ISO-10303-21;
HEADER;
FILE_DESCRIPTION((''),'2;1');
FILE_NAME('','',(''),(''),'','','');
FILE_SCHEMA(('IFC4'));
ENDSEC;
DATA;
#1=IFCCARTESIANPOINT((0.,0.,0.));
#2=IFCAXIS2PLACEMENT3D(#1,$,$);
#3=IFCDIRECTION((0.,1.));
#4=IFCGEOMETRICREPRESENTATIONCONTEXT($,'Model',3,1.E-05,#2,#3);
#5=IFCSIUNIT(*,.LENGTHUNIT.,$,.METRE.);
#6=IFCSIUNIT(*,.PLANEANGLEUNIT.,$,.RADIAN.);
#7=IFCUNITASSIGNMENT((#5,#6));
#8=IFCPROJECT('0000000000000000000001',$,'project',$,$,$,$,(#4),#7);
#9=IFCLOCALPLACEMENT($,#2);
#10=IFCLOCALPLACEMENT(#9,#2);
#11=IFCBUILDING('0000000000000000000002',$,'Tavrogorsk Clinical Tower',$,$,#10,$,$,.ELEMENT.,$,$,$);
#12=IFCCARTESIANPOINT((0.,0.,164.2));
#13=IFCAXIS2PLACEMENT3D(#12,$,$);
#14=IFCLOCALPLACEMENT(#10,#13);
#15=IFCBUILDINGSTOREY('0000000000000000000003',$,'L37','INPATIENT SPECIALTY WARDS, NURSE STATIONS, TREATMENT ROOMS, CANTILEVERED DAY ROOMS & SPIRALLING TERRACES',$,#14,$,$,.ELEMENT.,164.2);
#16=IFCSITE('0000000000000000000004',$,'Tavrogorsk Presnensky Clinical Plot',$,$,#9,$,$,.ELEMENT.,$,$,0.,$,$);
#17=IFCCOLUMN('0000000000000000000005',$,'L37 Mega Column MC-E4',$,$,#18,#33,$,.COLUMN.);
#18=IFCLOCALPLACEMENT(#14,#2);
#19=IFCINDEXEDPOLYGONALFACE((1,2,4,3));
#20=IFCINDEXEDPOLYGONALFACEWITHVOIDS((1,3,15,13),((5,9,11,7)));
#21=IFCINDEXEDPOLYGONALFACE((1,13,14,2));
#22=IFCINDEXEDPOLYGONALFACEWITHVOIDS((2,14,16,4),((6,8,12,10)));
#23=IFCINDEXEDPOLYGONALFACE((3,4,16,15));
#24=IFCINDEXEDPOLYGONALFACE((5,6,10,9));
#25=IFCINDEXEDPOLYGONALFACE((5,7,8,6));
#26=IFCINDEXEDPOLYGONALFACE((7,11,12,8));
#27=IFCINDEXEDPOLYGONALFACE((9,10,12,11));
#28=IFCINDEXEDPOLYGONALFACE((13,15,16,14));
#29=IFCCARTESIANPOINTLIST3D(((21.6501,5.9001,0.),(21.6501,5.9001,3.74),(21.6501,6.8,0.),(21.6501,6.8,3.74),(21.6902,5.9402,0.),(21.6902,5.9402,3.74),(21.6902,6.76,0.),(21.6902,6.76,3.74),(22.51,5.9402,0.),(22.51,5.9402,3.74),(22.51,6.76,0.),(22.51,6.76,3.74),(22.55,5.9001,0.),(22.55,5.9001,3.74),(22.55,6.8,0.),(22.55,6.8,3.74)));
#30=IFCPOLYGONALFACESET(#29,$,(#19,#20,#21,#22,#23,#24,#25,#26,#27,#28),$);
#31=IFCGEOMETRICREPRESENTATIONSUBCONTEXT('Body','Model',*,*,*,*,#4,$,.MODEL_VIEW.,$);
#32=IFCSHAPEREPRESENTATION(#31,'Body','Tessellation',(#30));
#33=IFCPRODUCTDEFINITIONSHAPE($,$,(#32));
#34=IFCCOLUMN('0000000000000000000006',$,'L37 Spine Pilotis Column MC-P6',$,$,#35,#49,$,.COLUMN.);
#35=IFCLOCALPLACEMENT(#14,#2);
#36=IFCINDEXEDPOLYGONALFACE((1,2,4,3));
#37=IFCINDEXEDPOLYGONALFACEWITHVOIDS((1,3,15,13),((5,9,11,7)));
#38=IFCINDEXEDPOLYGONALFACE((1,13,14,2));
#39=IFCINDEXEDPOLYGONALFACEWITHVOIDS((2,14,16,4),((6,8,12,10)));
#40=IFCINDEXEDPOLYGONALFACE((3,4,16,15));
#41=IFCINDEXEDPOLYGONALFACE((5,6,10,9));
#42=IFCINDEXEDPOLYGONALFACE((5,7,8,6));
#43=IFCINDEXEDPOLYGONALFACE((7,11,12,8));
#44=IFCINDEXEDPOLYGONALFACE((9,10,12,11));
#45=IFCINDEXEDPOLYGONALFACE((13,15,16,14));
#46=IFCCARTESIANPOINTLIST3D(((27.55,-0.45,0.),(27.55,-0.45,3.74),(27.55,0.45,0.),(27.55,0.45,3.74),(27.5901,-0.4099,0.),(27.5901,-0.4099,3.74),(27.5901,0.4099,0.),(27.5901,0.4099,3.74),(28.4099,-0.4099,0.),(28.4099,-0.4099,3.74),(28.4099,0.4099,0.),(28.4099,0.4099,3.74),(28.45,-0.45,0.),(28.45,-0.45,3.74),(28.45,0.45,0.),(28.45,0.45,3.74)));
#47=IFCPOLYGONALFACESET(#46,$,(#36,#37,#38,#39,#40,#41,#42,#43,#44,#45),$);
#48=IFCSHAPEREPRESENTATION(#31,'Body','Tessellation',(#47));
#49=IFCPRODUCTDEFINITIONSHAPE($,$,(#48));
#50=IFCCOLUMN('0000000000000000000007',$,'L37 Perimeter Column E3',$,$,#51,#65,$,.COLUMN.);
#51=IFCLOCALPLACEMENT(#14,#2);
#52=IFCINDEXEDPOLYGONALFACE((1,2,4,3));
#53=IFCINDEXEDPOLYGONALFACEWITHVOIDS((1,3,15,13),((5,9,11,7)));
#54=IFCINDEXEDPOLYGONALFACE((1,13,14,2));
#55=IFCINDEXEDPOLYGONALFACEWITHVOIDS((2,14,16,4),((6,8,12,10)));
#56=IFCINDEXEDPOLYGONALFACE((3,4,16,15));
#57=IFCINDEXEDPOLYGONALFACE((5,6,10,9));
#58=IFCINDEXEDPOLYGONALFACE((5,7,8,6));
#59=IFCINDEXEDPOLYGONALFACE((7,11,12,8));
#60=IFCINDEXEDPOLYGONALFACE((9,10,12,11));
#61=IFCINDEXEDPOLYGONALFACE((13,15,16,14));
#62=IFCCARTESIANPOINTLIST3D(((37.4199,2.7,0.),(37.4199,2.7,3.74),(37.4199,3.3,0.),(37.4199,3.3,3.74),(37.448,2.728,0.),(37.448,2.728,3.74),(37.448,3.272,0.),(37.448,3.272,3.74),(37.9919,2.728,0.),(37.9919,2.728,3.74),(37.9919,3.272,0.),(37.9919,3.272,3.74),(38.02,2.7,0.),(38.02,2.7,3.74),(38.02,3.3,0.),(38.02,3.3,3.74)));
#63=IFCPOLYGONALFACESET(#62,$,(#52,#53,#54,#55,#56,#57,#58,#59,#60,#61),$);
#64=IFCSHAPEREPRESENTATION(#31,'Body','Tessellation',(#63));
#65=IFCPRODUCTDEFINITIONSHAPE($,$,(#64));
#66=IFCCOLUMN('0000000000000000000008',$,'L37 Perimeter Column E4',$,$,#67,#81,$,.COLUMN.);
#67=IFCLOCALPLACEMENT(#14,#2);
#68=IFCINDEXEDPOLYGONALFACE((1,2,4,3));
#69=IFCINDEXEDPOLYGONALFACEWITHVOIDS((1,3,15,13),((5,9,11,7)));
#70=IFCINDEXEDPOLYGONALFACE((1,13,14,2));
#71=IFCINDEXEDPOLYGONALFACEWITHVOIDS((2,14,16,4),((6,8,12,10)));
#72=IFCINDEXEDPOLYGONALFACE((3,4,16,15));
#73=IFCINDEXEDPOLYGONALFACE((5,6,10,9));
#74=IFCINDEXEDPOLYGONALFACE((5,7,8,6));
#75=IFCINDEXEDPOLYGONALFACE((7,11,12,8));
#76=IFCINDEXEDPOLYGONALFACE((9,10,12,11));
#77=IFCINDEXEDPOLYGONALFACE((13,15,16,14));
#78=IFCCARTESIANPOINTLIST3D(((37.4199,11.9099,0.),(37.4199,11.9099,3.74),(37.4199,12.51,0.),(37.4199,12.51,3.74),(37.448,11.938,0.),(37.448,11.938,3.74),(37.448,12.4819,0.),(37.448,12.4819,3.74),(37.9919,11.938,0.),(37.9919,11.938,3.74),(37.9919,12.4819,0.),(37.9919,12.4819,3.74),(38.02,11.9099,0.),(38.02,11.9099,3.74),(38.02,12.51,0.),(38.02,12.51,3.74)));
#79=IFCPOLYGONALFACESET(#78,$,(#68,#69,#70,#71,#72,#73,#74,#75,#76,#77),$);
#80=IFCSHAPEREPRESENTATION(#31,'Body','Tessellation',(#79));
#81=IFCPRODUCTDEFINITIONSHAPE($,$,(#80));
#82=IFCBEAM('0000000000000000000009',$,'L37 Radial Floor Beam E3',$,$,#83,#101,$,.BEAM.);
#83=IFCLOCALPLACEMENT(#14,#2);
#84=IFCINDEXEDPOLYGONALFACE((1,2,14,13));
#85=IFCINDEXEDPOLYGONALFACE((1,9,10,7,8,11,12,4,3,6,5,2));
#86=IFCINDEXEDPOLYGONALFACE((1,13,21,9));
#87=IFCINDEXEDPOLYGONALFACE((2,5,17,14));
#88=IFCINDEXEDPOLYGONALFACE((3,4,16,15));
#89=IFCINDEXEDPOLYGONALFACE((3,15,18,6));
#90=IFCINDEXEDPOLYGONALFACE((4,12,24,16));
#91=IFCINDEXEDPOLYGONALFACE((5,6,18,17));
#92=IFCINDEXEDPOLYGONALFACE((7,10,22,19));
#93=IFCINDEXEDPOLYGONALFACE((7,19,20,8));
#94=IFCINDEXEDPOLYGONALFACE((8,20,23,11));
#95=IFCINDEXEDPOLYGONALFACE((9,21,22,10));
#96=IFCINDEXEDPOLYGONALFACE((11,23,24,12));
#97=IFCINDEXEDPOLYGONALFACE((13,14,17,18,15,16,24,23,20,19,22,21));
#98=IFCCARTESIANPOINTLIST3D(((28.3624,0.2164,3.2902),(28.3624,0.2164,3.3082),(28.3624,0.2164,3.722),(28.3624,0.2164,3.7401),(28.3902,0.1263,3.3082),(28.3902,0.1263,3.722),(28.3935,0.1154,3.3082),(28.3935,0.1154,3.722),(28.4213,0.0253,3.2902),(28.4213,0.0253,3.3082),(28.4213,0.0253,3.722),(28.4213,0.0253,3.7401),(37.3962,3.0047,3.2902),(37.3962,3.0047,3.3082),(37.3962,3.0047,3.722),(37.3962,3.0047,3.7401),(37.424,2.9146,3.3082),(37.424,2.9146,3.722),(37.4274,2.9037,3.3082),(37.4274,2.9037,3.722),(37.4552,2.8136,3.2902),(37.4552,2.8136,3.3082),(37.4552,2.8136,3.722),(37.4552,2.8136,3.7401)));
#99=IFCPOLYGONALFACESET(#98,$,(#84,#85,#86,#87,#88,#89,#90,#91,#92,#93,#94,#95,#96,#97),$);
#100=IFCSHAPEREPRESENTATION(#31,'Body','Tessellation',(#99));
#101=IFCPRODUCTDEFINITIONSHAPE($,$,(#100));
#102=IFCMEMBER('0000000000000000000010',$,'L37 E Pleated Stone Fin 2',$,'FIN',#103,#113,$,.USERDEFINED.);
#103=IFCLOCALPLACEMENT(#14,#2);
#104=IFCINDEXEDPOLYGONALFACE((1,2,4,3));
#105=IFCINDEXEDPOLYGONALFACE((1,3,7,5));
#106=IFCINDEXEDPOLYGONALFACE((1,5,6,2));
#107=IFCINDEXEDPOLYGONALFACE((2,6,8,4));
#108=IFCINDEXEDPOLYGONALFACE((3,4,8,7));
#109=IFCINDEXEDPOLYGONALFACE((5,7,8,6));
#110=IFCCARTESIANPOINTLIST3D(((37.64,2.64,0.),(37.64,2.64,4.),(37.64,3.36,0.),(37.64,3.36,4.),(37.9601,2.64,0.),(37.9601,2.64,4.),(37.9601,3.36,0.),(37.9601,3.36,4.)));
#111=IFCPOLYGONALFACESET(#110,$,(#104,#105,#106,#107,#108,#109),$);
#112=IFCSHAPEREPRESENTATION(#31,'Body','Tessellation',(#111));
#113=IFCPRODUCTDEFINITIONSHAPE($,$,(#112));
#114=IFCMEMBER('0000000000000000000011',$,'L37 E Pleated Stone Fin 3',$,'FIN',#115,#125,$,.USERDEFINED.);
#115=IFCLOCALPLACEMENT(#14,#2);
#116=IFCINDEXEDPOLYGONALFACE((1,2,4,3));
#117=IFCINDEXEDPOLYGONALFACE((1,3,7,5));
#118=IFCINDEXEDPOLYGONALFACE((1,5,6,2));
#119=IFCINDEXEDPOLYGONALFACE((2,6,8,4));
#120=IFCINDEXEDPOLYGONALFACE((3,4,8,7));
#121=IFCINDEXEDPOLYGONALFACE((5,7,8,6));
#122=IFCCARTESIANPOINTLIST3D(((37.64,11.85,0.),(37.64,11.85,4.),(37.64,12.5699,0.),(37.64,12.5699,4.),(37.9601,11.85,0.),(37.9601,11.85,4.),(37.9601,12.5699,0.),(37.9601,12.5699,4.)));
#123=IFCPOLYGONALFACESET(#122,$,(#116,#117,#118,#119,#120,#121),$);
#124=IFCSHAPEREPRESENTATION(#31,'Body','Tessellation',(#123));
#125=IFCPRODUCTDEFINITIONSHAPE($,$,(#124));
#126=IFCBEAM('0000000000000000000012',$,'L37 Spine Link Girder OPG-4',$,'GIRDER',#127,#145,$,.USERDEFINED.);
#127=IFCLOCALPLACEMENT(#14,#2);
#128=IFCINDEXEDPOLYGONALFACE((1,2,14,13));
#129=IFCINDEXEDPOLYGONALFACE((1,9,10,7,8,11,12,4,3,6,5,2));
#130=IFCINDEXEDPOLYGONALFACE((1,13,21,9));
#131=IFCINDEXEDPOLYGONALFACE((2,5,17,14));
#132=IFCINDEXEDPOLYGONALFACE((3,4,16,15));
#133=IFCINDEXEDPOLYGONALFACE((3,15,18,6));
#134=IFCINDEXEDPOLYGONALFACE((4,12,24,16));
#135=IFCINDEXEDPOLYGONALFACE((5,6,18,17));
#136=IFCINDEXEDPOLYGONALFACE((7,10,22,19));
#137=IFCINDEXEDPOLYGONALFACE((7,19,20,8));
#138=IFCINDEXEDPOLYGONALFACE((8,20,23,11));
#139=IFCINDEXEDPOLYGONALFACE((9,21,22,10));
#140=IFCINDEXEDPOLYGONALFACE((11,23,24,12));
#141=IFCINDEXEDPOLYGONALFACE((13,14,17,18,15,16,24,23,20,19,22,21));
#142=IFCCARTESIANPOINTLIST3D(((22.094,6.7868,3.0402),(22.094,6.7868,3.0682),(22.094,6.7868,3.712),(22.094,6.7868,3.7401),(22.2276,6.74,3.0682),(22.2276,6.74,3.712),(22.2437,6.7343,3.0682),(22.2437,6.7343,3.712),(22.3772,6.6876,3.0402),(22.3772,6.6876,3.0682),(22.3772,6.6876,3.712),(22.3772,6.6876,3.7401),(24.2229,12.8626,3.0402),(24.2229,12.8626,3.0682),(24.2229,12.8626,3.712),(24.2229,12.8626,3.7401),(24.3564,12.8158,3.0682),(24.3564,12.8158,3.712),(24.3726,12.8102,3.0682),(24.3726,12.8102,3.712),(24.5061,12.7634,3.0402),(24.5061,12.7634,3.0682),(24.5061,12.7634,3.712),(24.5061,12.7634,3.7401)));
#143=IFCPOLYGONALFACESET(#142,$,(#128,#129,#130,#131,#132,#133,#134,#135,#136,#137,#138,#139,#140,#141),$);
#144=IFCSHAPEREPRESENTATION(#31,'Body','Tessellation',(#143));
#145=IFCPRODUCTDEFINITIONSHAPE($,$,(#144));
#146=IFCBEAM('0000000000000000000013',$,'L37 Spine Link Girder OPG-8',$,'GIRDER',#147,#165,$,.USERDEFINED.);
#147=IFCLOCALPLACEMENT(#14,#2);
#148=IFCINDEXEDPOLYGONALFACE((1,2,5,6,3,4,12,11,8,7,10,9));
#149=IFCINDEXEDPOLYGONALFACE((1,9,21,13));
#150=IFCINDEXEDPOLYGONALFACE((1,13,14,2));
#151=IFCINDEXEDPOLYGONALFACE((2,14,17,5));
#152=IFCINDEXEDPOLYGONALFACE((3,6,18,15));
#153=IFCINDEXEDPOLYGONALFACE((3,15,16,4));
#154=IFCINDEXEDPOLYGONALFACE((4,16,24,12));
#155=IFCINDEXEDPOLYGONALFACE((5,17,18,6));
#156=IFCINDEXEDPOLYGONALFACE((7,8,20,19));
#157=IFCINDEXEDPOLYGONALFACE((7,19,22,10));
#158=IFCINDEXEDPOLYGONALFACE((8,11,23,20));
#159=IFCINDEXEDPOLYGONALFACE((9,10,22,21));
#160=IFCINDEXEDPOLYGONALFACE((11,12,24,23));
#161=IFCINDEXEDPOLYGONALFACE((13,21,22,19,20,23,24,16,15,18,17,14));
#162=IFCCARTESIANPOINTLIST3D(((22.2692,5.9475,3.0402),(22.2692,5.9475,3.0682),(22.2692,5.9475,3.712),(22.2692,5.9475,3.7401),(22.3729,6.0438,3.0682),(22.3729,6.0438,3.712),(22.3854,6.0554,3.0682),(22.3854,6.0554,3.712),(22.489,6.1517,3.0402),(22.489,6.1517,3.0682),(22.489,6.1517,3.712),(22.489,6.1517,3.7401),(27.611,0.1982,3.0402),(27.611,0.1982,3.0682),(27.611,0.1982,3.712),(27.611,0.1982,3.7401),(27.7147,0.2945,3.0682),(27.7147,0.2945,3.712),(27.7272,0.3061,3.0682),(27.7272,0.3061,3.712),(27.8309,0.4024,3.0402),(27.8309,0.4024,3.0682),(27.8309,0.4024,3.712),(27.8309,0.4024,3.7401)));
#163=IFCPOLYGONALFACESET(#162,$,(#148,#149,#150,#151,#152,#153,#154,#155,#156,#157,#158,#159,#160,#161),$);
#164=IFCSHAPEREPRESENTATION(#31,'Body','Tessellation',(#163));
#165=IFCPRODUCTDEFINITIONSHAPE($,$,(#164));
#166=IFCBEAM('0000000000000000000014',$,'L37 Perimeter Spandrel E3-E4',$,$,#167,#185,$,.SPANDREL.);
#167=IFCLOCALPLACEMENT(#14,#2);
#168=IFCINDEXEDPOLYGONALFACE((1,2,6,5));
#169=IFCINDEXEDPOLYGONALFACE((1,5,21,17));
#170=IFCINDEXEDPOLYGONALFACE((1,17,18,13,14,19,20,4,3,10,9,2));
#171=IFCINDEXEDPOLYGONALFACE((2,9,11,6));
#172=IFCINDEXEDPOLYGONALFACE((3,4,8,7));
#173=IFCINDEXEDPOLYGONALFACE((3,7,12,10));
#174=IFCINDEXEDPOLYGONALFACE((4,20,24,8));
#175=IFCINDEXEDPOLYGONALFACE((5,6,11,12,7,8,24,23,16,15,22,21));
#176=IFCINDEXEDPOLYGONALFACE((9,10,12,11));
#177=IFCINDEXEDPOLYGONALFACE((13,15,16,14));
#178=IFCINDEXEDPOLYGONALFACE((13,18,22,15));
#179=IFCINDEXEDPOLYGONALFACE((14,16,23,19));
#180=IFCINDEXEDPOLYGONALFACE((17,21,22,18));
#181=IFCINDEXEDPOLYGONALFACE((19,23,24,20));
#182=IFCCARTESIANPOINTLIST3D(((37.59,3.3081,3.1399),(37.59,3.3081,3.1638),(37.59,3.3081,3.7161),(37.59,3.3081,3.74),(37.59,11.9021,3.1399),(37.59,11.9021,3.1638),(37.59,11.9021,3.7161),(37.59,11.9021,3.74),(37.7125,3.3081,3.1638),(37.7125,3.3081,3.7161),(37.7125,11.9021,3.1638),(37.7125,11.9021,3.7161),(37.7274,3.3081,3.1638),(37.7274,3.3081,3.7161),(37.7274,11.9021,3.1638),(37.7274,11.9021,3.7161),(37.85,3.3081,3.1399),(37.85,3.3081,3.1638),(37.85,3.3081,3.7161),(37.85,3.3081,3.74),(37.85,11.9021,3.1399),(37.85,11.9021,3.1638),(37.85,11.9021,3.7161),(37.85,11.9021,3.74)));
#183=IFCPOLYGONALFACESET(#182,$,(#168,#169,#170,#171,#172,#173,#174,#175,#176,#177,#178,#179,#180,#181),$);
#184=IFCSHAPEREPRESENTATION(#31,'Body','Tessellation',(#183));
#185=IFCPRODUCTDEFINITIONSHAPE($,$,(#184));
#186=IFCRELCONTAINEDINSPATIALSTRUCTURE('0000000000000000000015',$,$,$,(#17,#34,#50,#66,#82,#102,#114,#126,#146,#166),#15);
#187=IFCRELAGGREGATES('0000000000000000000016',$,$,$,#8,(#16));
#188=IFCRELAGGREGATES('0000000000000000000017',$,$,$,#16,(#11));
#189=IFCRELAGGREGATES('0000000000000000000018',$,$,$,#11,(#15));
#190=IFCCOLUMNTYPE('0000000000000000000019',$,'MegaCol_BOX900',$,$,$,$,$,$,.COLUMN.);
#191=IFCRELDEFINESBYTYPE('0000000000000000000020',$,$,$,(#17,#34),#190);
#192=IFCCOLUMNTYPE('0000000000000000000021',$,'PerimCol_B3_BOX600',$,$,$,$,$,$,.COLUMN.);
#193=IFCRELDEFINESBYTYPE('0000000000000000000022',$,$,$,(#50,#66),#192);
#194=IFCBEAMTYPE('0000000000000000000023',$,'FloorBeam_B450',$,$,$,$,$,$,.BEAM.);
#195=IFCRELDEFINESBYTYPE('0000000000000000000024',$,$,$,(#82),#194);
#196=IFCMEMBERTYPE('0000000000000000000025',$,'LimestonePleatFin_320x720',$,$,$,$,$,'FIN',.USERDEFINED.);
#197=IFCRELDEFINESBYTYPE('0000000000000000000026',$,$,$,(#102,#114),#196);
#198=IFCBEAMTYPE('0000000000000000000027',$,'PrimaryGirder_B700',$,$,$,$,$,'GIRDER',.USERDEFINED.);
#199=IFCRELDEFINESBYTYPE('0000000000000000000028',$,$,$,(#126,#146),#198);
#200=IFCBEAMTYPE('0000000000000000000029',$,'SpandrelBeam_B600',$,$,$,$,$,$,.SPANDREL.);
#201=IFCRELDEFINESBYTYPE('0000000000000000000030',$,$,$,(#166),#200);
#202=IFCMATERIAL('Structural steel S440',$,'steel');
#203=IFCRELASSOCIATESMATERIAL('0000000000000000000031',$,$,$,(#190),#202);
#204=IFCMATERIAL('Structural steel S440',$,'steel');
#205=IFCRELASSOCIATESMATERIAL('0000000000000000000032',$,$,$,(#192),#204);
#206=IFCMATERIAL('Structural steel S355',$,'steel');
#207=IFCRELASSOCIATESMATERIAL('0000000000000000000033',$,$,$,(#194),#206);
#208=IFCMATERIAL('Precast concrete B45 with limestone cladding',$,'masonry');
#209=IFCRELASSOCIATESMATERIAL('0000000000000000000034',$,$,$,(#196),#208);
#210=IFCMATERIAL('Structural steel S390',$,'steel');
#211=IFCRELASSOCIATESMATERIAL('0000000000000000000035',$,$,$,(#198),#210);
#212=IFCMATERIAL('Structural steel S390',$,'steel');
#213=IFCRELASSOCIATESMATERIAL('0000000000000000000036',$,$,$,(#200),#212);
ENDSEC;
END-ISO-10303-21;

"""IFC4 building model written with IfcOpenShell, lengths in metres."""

from ifc_helpers import new_model, si_unit, direction, frame, origin, origin_2d, place, context, subcontext, project, spatial, rectangle, hollow_rectangle, i_section, extrude, material, material_profile, profile_set, type_object, element, save


model = new_model("IFC4")

# Units and contexts
model_context = context("Model", 3, precision=1e-05, world=origin(), true_north=direction((0.0, 1.0)))
body_context = subcontext(model_context, "Body", "Model", "MODEL_VIEW")
ifc_project = project(units=[si_unit("LENGTHUNIT", "METRE"), si_unit("PLANEANGLEUNIT", "RADIAN")], contexts=[model_context])

# Site, building, storey
site_placement = place(None, origin())
site = spatial("IfcSite", under=ifc_project, at=site_placement, Name="Tavrogorsk Presnensky Clinical Plot", CompositionType="ELEMENT", RefElevation=0.0)
building_placement = place(site_placement, origin())
building = spatial("IfcBuilding", under=site, at=building_placement, Name="Tavrogorsk Clinical Tower", CompositionType="ELEMENT")
storey_placement = place(building_placement, frame((0.0, 0.0, 164.2)))
storey = spatial("IfcBuildingStorey", under=building, at=storey_placement, Name="L37", Description="INPATIENT SPECIALTY WARDS, NURSE STATIONS, TREATMENT ROOMS, CANTILEVERED DAY ROOMS & SPIRALLING TERRACES", CompositionType="ELEMENT", Elevation=164.2)

# Columns
ifc_material_1 = material(Name="Structural steel S440", Category="steel")
ifc_material_profile_1 = material_profile(ifc_material_1, hollow_rectangle(XDim=0.8999, YDim=0.8999, WallThickness=0.04, at=origin_2d()), Name="BOX-900x900x40")
ifc_profile_set_1 = profile_set([ifc_material_profile_1], Name="Structural steel S440")
column_type_1 = type_object("IfcColumnType", Name="MegaCol_BOX900", PredefinedType="COLUMN", material=ifc_profile_set_1)
for number, where, z_axis, x_axis, name in (
    (1, (22.1001, 6.3501, 0.0), (0.0, 0.0, 1.0), (1.0, 0.0, 0.0), "L37 Mega Column MC-E4"),
    (2, (28.0, 0.0, 0.0), (0.0, 0.0, 1.0), (1.0, 0.0, 0.0), "L37 Spine Pilotis Column MC-P6"),
):
    element("IfcColumn", number, at=place(storey_placement, frame(where, z_axis=z_axis, x_axis=x_axis)), inside=storey, type_object=column_type_1, Name=name, PredefinedType="COLUMN", context=body_context, shape_type="SweptSolid", body=[
        extrude(hollow_rectangle(XDim=0.8999, YDim=0.8999, WallThickness=0.04, at=origin_2d()), origin(), (0.0, 0.0, 1.0), 3.74),
    ])
ifc_material_2 = material(Name="Structural steel S440", Category="steel")
ifc_material_profile_2 = material_profile(ifc_material_2, hollow_rectangle(XDim=0.6001, YDim=0.6001, WallThickness=0.0281, at=origin_2d()), Name="BOX-600x600x28")
ifc_profile_set_2 = profile_set([ifc_material_profile_2], Name="Structural steel S440")
column_type_2 = type_object("IfcColumnType", Name="PerimCol_B3_BOX600", PredefinedType="COLUMN", material=ifc_profile_set_2)
for number, where, z_axis, x_axis, name in (
    (3, (37.72, 3.0, 0.0), (0.0, 0.0, 1.0), (1.0, 0.0, 0.0), "L37 Perimeter Column E3"),
    (4, (37.72, 12.21, 0.0), (0.0, 0.0, 1.0), (1.0, 0.0, 0.0), "L37 Perimeter Column E4"),
):
    element("IfcColumn", number, at=place(storey_placement, frame(where, z_axis=z_axis, x_axis=x_axis)), inside=storey, type_object=column_type_2, Name=name, PredefinedType="COLUMN", context=body_context, shape_type="SweptSolid", body=[
        extrude(hollow_rectangle(XDim=0.6001, YDim=0.6001, WallThickness=0.0281, at=origin_2d()), origin(), (0.0, 0.0, 1.0), 3.74),
    ])

# Beam
ifc_material_3 = material(Name="Structural steel S355", Category="steel")
ifc_material_profile_3 = material_profile(ifc_material_3, i_section(OverallWidth=0.2, OverallDepth=0.45, WebThickness=0.0115, FlangeThickness=0.0181, at=origin_2d()), Name="B-450x200x11.5x18")
ifc_profile_set_3 = profile_set([ifc_material_profile_3], Name="Structural steel S355")
beam_type_1 = type_object("IfcBeamType", Name="FloorBeam_B450", PredefinedType="BEAM", material=ifc_profile_set_3)
beam_1_placement = place(storey_placement, frame((28.3918, 0.1208, 3.5151), z_axis=(0.955521, 0.294922, 0.0), x_axis=(-0.294922, 0.955521, 0.0)))
element("IfcBeam", 5, at=beam_1_placement, inside=storey, type_object=beam_type_1, Name="L37 Radial Floor Beam E3", PredefinedType="BEAM", context=body_context, shape_type="SweptSolid", body=[
    extrude(i_section(OverallWidth=0.2, OverallDepth=0.45, WebThickness=0.0115, FlangeThickness=0.0181, at=origin_2d()), origin(), (0.0, 0.0, 1.0), 9.4543),
])

# Members
ifc_material_4 = material(Name="Precast concrete B45 with limestone cladding", Category="masonry")
ifc_material_profile_4 = material_profile(ifc_material_4, rectangle(XDim=0.3201, YDim=0.72, at=origin_2d()), Name="LIMESTONE-FIN-320x720")
ifc_profile_set_4 = profile_set([ifc_material_profile_4], Name="Precast concrete B45 with limestone cladding")
member_type = type_object("IfcMemberType", Name="LimestonePleatFin_320x720", ElementType="FIN", PredefinedType="USERDEFINED", material=ifc_profile_set_4)
for number, where, z_axis, x_axis, name in (
    (6, (37.8, 3.0, 0.0), (0.0, 0.0, 1.0), (1.0, 0.0, 0.0), "L37 E Pleated Stone Fin 2"),
    (7, (37.8, 12.21, 0.0), (0.0, 0.0, 1.0), (1.0, 0.0, 0.0), "L37 E Pleated Stone Fin 3"),
):
    element("IfcMember", number, at=place(storey_placement, frame(where, z_axis=z_axis, x_axis=x_axis)), inside=storey, type_object=member_type, Name=name, ObjectType="FIN", PredefinedType="USERDEFINED", context=body_context, shape_type="SweptSolid", body=[
        extrude(rectangle(XDim=0.3201, YDim=0.72, at=origin_2d()), origin(), (0.0, 0.0, 1.0), 4.0),
    ])

# Beams
ifc_material_5 = material(Name="Structural steel S390", Category="steel")
ifc_material_profile_5 = material_profile(ifc_material_5, i_section(OverallWidth=0.3, OverallDepth=0.7, WebThickness=0.0171, FlangeThickness=0.0281, at=origin_2d()), Name="B-700x300x17x28")
ifc_profile_set_5 = profile_set([ifc_material_profile_5], Name="Structural steel S390")
beam_type_2 = type_object("IfcBeamType", Name="PrimaryGirder_B700", ElementType="GIRDER", PredefinedType="USERDEFINED", material=ifc_profile_set_5)
beam_2_placement = place(storey_placement, frame((24.3645, 12.813, 3.3901), z_axis=(-0.330673, -0.943745, 0.0), x_axis=(0.943745, -0.330673, 0.0)))
element("IfcBeam", 8, at=beam_2_placement, inside=storey, type_object=beam_type_2, Name="L37 Spine Link Girder OPG-4", ObjectType="GIRDER", PredefinedType="USERDEFINED", context=body_context, shape_type="SweptSolid", body=[
    extrude(i_section(OverallWidth=0.3, OverallDepth=0.7, WebThickness=0.0171, FlangeThickness=0.0281, at=origin_2d()), origin(), (0.0, 0.0, 1.0), 6.438),
])
beam_3_placement = place(storey_placement, frame((27.7209, 0.3003, 3.3901), z_axis=(-0.680669, 0.732591, 0.0), x_axis=(-0.732591, -0.680669, 0.0)))
element("IfcBeam", 9, at=beam_3_placement, inside=storey, type_object=beam_type_2, Name="L37 Spine Link Girder OPG-8", ObjectType="GIRDER", PredefinedType="USERDEFINED", context=body_context, shape_type="SweptSolid", body=[
    extrude(i_section(OverallWidth=0.3, OverallDepth=0.7, WebThickness=0.0171, FlangeThickness=0.0281, at=origin_2d()), origin(), (0.0, 0.0, 1.0), 7.8479),
])
ifc_material_6 = material(Name="Structural steel S390", Category="steel")
ifc_material_profile_6 = material_profile(ifc_material_6, i_section(OverallWidth=0.26, OverallDepth=0.6001, WebThickness=0.0149, FlangeThickness=0.0239, at=origin_2d()), Name="B-600x260x15x24")
ifc_profile_set_6 = profile_set([ifc_material_profile_6], Name="Structural steel S390")
beam_type_3 = type_object("IfcBeamType", Name="SpandrelBeam_B600", PredefinedType="SPANDREL", material=ifc_profile_set_6)
for number, where, z_axis, x_axis, name in (
    (10, (37.72, 3.3081, 3.4399), (0.0, 1.0, 0.0), (-1.0, 0.0, 0.0), "L37 Perimeter Spandrel E3-E4"),
):
    element("IfcBeam", number, at=place(storey_placement, frame(where, z_axis=z_axis, x_axis=x_axis)), inside=storey, type_object=beam_type_3, Name=name, PredefinedType="SPANDREL", context=body_context, shape_type="SweptSolid", body=[
        extrude(i_section(OverallWidth=0.26, OverallDepth=0.6001, WebThickness=0.0149, FlangeThickness=0.0239, at=origin_2d()), origin(), (0.0, 0.0, 1.0), 8.594),
    ])

save(model, "model.ifc")
